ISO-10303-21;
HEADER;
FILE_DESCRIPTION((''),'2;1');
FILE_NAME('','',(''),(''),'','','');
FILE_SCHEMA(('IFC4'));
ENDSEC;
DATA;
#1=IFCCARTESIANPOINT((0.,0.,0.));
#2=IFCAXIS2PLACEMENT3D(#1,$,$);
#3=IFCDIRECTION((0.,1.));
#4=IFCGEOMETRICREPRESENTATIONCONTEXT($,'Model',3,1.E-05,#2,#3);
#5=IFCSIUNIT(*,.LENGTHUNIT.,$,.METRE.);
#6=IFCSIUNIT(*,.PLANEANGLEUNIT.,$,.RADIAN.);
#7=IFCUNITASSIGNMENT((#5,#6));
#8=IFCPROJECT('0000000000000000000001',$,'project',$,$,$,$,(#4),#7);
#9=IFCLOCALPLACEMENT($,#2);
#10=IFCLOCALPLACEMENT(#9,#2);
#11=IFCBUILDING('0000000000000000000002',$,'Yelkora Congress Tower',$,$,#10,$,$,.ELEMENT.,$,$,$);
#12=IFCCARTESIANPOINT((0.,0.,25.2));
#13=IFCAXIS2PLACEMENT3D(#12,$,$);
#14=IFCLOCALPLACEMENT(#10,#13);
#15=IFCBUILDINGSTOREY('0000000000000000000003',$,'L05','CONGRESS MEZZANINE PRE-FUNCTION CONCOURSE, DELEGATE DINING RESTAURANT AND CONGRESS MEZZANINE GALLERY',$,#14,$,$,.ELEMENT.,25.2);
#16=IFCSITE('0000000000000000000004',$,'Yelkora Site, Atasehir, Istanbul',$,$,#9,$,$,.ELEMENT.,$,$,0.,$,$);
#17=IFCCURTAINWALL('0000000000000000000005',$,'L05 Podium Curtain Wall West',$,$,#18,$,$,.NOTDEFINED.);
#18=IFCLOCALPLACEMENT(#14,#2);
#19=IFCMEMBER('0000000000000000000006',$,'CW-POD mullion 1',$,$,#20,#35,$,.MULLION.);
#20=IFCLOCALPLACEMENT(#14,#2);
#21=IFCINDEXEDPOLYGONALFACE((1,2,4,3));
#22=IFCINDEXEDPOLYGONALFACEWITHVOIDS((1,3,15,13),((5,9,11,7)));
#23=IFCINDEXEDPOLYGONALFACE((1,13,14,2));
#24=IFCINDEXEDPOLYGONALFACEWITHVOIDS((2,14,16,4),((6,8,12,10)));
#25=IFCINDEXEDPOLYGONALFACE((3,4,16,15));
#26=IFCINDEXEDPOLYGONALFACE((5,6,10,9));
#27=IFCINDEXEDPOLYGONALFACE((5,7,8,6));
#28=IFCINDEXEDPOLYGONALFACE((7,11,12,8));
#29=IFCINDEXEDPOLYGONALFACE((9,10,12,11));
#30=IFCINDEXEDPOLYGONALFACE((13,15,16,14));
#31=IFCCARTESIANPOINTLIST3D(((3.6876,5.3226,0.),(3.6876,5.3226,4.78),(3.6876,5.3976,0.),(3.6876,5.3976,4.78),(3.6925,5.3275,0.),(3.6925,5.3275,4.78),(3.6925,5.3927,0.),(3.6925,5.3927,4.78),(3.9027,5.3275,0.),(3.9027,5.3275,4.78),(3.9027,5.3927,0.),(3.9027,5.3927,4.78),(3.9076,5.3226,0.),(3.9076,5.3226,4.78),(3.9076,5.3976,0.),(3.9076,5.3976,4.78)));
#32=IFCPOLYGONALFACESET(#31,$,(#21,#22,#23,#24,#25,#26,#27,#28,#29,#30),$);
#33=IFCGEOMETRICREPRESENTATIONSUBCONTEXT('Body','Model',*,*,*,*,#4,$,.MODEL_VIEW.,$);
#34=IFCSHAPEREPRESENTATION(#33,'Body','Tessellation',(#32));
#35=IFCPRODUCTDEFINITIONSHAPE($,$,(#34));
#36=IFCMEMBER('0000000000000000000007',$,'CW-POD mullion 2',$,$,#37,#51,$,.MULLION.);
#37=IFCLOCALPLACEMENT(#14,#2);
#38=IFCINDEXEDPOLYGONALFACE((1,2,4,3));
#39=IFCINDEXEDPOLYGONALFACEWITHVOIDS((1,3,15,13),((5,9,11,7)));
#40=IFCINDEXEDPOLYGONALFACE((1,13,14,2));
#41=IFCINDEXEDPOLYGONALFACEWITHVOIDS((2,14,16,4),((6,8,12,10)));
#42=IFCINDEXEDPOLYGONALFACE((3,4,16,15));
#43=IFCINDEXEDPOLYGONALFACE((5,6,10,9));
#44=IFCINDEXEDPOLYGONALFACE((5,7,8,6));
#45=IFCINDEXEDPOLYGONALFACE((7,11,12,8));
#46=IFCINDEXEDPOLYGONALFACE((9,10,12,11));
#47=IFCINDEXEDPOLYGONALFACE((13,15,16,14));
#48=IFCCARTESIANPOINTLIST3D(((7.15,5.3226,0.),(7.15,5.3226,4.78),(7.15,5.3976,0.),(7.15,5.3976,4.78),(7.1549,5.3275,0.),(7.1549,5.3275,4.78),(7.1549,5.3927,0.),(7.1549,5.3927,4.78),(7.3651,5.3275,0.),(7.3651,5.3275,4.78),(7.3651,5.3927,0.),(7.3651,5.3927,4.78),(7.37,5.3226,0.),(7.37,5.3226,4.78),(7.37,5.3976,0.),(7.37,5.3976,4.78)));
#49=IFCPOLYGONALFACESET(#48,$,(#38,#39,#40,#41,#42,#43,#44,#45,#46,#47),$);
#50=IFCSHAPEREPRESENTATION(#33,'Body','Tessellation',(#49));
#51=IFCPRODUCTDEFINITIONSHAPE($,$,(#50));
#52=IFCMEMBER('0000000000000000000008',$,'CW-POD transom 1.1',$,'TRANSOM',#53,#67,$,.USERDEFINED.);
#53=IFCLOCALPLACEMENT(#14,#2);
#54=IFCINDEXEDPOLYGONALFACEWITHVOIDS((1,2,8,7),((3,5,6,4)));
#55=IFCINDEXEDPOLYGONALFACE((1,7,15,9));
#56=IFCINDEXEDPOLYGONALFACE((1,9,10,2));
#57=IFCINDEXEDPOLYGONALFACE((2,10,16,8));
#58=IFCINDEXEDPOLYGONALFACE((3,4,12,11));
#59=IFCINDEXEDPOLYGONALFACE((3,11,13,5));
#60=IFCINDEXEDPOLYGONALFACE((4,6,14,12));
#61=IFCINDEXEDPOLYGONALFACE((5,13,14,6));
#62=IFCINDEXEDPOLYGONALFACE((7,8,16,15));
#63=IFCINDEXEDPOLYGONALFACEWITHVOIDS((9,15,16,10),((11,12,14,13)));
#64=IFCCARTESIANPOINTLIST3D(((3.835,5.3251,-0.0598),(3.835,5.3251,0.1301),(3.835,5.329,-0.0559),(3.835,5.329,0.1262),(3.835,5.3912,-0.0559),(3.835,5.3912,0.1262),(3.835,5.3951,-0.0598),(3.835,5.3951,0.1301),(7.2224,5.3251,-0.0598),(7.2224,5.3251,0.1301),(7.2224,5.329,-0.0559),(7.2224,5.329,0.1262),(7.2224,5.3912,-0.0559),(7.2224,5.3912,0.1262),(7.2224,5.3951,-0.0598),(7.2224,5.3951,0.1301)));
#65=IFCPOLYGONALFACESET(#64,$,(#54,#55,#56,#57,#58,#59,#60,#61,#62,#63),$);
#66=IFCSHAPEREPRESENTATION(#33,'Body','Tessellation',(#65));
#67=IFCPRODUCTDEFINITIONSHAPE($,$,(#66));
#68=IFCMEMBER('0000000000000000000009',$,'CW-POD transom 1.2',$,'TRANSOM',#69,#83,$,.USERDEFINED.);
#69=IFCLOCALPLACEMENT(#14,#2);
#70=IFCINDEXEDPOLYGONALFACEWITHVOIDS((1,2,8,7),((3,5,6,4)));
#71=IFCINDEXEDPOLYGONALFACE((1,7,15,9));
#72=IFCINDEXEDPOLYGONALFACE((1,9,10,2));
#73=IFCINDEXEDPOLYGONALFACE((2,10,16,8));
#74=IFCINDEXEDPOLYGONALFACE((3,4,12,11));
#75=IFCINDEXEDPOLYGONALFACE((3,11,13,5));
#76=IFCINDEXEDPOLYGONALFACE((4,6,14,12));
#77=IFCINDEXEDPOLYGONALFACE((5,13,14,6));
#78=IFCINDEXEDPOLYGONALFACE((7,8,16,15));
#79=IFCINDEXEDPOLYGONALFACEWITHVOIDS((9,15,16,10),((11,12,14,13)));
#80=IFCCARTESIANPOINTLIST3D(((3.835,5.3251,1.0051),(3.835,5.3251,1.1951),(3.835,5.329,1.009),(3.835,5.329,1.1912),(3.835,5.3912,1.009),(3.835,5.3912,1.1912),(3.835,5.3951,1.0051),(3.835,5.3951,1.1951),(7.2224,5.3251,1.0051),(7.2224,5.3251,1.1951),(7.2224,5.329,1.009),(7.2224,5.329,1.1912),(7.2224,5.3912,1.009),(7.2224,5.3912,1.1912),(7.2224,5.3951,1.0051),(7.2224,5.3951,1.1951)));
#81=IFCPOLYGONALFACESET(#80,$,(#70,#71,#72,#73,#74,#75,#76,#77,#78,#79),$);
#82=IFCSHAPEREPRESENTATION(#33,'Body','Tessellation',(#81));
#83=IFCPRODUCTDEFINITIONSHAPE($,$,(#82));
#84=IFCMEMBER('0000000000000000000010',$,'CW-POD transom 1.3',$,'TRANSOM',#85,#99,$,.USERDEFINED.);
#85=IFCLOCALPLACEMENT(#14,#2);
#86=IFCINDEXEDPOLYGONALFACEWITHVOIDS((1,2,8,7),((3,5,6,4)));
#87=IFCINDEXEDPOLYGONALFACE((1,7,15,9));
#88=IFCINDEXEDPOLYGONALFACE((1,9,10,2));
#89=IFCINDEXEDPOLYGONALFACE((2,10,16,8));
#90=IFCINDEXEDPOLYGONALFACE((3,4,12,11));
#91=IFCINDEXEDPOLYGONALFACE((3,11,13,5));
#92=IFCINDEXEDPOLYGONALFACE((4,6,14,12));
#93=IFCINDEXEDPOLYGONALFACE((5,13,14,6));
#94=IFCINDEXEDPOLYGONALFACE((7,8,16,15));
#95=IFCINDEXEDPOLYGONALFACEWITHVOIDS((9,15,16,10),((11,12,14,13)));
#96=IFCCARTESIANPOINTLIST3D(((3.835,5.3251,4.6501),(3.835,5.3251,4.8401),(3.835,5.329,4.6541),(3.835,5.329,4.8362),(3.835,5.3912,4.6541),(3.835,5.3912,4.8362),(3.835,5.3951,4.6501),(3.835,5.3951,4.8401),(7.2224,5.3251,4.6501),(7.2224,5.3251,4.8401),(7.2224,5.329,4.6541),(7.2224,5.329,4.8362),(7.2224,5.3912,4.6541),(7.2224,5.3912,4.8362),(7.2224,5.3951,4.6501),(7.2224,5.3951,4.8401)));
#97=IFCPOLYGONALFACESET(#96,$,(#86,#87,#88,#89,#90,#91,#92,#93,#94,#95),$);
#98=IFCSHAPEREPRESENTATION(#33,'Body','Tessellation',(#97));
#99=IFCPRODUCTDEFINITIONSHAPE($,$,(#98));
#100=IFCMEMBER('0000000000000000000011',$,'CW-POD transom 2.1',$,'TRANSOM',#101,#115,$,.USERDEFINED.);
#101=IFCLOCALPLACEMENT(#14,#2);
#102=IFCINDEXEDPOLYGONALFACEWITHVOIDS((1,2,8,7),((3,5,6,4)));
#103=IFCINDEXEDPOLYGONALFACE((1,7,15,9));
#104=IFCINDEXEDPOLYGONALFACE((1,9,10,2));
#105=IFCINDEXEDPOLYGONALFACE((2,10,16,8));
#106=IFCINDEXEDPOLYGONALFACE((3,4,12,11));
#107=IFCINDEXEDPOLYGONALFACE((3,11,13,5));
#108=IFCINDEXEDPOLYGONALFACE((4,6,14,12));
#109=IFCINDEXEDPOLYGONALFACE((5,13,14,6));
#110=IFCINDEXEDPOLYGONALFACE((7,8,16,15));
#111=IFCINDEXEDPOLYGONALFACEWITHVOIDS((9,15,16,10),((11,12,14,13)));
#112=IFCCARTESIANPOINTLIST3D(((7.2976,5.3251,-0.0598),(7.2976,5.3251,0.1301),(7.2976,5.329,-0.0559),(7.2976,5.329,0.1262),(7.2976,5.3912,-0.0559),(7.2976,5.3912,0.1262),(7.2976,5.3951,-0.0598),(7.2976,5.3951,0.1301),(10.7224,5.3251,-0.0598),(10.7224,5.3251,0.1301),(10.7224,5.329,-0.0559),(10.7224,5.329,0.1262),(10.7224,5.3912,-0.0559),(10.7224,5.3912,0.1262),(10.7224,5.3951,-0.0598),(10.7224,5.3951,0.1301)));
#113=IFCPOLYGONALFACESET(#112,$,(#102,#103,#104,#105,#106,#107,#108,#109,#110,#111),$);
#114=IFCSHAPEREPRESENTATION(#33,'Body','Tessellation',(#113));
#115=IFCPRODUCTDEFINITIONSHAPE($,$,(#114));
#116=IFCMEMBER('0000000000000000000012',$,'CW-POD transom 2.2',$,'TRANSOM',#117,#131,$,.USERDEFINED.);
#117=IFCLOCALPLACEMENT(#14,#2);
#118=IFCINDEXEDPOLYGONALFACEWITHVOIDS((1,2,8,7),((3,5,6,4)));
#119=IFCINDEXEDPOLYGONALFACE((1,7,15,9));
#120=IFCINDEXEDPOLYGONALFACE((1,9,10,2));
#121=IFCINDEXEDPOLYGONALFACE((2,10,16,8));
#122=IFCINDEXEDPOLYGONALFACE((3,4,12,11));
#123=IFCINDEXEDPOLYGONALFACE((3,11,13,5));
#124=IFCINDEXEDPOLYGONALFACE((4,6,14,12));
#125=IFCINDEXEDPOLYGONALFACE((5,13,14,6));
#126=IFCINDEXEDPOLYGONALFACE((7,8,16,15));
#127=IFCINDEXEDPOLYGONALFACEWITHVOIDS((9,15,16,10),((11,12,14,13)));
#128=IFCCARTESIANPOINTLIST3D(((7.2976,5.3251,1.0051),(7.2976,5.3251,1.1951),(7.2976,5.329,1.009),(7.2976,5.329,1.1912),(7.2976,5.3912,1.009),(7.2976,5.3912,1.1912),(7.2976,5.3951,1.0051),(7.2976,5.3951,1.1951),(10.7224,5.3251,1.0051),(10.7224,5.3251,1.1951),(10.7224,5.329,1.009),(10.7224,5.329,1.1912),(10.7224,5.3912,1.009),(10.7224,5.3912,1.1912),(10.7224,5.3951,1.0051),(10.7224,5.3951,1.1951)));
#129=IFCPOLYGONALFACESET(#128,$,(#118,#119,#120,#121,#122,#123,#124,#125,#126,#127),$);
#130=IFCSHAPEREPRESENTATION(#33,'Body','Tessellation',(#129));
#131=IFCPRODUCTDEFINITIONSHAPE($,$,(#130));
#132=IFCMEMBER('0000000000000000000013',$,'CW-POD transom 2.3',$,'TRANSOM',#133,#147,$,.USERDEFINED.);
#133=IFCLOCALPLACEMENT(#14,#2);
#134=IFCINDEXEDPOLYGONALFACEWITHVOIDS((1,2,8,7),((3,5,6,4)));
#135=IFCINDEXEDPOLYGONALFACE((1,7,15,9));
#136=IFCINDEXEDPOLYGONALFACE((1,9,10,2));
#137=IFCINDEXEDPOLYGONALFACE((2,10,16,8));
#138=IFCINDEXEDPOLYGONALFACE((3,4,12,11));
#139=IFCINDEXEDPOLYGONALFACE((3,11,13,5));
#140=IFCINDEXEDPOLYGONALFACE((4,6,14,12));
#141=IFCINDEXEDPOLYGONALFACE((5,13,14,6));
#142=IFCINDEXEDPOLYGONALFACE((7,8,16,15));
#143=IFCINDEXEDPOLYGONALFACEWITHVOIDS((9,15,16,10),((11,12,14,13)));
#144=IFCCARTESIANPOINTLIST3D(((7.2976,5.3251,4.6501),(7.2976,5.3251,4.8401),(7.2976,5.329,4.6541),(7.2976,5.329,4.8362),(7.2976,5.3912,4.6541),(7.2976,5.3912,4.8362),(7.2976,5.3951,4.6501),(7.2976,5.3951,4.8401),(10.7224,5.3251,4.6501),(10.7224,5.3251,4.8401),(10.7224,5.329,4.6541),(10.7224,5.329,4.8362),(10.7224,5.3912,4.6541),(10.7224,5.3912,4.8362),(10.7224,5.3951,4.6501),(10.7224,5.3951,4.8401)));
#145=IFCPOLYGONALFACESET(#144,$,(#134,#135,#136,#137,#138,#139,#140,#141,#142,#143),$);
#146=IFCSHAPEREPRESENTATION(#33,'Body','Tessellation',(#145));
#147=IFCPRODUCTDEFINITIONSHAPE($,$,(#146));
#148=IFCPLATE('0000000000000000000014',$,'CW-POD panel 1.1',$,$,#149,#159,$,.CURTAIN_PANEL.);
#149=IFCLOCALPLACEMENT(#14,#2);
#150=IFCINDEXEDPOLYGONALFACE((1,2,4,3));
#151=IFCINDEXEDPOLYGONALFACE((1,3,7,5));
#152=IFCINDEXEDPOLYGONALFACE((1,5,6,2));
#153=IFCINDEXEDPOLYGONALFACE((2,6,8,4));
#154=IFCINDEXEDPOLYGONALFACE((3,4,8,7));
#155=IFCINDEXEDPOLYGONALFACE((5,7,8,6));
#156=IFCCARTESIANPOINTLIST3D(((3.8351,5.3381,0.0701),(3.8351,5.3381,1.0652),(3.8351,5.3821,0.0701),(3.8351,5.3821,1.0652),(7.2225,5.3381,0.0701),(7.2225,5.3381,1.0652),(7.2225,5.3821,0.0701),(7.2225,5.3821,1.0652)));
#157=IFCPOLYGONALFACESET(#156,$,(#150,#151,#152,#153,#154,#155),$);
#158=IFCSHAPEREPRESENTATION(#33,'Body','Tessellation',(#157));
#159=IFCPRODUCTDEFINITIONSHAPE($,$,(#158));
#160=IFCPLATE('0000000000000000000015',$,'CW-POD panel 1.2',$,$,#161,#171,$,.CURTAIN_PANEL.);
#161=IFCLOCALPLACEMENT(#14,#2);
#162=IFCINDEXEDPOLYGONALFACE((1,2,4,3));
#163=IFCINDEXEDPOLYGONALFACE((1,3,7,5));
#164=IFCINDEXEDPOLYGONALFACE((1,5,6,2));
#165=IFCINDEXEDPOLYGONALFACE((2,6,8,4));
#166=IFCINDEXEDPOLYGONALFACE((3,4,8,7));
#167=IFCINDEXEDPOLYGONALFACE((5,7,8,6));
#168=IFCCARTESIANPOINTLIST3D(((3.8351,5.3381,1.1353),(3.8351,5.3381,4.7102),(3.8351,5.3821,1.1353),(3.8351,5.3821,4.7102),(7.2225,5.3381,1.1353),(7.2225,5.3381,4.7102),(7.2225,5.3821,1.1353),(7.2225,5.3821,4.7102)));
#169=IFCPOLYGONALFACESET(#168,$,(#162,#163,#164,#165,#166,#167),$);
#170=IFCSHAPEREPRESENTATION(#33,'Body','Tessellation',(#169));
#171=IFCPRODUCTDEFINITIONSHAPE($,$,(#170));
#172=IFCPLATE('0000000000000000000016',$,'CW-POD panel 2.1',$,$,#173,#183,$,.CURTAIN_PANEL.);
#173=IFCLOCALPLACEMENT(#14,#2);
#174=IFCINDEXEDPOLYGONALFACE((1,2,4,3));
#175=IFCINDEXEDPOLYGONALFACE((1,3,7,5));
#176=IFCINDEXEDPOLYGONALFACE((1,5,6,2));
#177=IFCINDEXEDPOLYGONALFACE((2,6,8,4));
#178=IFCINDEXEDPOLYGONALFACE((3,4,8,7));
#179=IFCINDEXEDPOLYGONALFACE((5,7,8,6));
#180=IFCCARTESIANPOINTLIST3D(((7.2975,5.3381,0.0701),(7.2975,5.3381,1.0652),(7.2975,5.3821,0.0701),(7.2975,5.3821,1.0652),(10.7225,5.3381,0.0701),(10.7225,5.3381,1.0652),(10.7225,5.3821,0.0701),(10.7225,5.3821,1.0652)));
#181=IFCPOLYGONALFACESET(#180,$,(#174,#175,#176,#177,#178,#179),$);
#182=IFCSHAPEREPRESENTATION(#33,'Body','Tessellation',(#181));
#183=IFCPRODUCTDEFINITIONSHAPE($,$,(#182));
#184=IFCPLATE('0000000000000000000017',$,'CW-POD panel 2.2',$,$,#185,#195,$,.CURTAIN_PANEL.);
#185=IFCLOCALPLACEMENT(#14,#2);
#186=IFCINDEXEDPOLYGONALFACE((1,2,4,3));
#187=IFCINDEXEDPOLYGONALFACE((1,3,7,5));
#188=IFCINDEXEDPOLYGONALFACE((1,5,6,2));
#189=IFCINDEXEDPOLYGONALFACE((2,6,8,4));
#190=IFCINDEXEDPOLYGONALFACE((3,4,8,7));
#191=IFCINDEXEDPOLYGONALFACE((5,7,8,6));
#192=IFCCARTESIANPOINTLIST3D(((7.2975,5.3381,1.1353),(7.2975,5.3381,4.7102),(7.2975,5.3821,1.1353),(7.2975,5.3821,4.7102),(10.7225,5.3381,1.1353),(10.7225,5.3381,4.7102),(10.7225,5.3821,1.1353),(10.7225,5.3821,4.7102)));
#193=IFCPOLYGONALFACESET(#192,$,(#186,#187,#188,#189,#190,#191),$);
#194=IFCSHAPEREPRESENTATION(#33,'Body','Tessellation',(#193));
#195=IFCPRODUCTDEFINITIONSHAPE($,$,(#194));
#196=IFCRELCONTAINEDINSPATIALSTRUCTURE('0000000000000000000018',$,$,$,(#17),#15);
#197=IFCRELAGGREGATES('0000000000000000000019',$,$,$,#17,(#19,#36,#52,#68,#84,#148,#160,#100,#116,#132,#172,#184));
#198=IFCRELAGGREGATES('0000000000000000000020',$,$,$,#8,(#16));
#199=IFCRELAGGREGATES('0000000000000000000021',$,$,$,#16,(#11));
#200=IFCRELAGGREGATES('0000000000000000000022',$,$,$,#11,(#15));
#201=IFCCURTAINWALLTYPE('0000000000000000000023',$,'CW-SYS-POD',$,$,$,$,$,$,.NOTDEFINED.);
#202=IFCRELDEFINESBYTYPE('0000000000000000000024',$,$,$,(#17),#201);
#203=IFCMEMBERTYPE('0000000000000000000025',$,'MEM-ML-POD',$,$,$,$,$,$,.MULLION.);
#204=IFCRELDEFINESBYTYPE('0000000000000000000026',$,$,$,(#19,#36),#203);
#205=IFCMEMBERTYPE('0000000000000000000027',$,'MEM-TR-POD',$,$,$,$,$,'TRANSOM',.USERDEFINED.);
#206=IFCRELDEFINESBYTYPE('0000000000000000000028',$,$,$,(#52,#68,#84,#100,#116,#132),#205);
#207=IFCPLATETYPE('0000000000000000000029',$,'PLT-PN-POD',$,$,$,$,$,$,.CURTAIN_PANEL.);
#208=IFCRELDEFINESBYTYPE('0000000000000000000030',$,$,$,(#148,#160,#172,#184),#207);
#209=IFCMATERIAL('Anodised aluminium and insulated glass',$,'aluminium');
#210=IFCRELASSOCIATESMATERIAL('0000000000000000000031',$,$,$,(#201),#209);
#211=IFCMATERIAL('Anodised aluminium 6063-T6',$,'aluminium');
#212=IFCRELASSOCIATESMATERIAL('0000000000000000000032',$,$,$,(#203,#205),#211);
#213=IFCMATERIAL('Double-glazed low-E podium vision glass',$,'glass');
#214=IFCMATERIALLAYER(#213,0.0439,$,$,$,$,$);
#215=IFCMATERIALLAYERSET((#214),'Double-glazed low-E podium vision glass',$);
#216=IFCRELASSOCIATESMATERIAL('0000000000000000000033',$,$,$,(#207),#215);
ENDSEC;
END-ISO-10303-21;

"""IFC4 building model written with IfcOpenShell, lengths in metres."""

from ifc_helpers import new_model, si_unit, direction, frame, origin, origin_2d, place, context, subcontext, project, spatial, rectangle, hollow_rectangle, extrude, material, layer, layer_set, material_profile, profile_set, type_object, element, aggregate, save


model = new_model("IFC4")

# Units and contexts
model_context = context("Model", 3, precision=1e-05, world=origin(), true_north=direction((0.0, 1.0)))
body_context = subcontext(model_context, "Body", "Model", "MODEL_VIEW")
ifc_project = project(units=[si_unit("LENGTHUNIT", "METRE"), si_unit("PLANEANGLEUNIT", "RADIAN")], contexts=[model_context])

# Site, building, storey
site_placement = place(None, origin())
site = spatial("IfcSite", under=ifc_project, at=site_placement, Name="Yelkora Site, Atasehir, Istanbul", CompositionType="ELEMENT", RefElevation=0.0)
building_placement = place(site_placement, origin())
building = spatial("IfcBuilding", under=site, at=building_placement, Name="Yelkora Congress Tower", CompositionType="ELEMENT")
storey_placement = place(building_placement, frame((0.0, 0.0, 25.2)))
storey = spatial("IfcBuildingStorey", under=building, at=storey_placement, Name="L05", Description="CONGRESS MEZZANINE PRE-FUNCTION CONCOURSE, DELEGATE DINING RESTAURANT AND CONGRESS MEZZANINE GALLERY", CompositionType="ELEMENT", Elevation=25.2)

# Curtain wall, members, plates
ifc_material_1 = material(Name="Anodised aluminium and insulated glass", Category="aluminium")
curtain_wall_type = type_object("IfcCurtainWallType", Name="CW-SYS-POD", PredefinedType="NOTDEFINED", material=ifc_material_1)
curtain_wall_placement = place(storey_placement, origin())
curtain_wall = element("IfcCurtainWall", 1, at=curtain_wall_placement, inside=storey, type_object=curtain_wall_type, Name="L05 Podium Curtain Wall West", PredefinedType="NOTDEFINED")
ifc_material_2 = material(Name="Anodised aluminium 6063-T6", Category="aluminium")
ifc_material_profile_1 = material_profile(ifc_material_2, hollow_rectangle(XDim=0.075, YDim=0.22, WallThickness=0.0049, at=origin_2d()), Name="ALU 75x220x5")
ifc_profile_set_1 = profile_set([ifc_material_profile_1], Name="Anodised aluminium 6063-T6")
member_type_1 = type_object("IfcMemberType", Name="MEM-ML-POD", PredefinedType="MULLION", material=ifc_profile_set_1)
member_1_placement = place(storey_placement, frame((3.7976, 5.3601, 0.0), z_axis=(0.0, 0.0, 1.0), x_axis=(0.0, 1.0, 0.0)))
member_1 = element("IfcMember", 2, at=member_1_placement, type_object=member_type_1, Name="CW-POD mullion 1", PredefinedType="MULLION", context=body_context, shape_type="SweptSolid", body=[
    extrude(hollow_rectangle(XDim=0.075, YDim=0.22, WallThickness=0.0049, at=origin_2d()), origin(), (0.0, 0.0, 1.0), 4.78),
])
member_2_placement = place(storey_placement, frame((7.26, 5.3601, 0.0), z_axis=(0.0, 0.0, 1.0), x_axis=(0.0, 1.0, 0.0)))
member_2 = element("IfcMember", 3, at=member_2_placement, type_object=member_type_1, Name="CW-POD mullion 2", PredefinedType="MULLION", context=body_context, shape_type="SweptSolid", body=[
    extrude(hollow_rectangle(XDim=0.075, YDim=0.22, WallThickness=0.0049, at=origin_2d()), origin(), (0.0, 0.0, 1.0), 4.78),
])
ifc_material_profile_2 = material_profile(ifc_material_2, hollow_rectangle(XDim=0.0701, YDim=0.1899, WallThickness=0.0039, at=origin_2d()), Name="ALU 70x190x4")
ifc_profile_set_2 = profile_set([ifc_material_profile_2], Name="Anodised aluminium 6063-T6")
member_type_2 = type_object("IfcMemberType", Name="MEM-TR-POD", ElementType="TRANSOM", PredefinedType="USERDEFINED", material=ifc_profile_set_2)
member_3_placement = place(storey_placement, frame((3.835, 5.3601, 0.0352), z_axis=(1.0, 0.0, 0.0), x_axis=(0.0, 1.0, 0.0)))
member_3 = element("IfcMember", 4, at=member_3_placement, type_object=member_type_2, Name="CW-POD transom 1.1", ObjectType="TRANSOM", PredefinedType="USERDEFINED", context=body_context, shape_type="SweptSolid", body=[
    extrude(hollow_rectangle(XDim=0.0701, YDim=0.1899, WallThickness=0.0039, at=origin_2d()), origin(), (0.0, 0.0, 1.0), 3.3875),
])
member_4_placement = place(storey_placement, frame((3.835, 5.3601, 1.1001), z_axis=(1.0, 0.0, 0.0), x_axis=(0.0, 1.0, 0.0)))
member_4 = element("IfcMember", 5, at=member_4_placement, type_object=member_type_2, Name="CW-POD transom 1.2", ObjectType="TRANSOM", PredefinedType="USERDEFINED", context=body_context, shape_type="SweptSolid", body=[
    extrude(hollow_rectangle(XDim=0.0701, YDim=0.1899, WallThickness=0.0039, at=origin_2d()), origin(), (0.0, 0.0, 1.0), 3.3875),
])
member_5_placement = place(storey_placement, frame((3.835, 5.3601, 4.7451), z_axis=(1.0, 0.0, 0.0), x_axis=(0.0, 1.0, 0.0)))
member_5 = element("IfcMember", 6, at=member_5_placement, type_object=member_type_2, Name="CW-POD transom 1.3", ObjectType="TRANSOM", PredefinedType="USERDEFINED", context=body_context, shape_type="SweptSolid", body=[
    extrude(hollow_rectangle(XDim=0.0701, YDim=0.1899, WallThickness=0.0039, at=origin_2d()), origin(), (0.0, 0.0, 1.0), 3.3875),
])
member_6_placement = place(storey_placement, frame((7.2976, 5.3601, 0.0352), z_axis=(1.0, 0.0, 0.0), x_axis=(0.0, 1.0, 0.0)))
member_6 = element("IfcMember", 7, at=member_6_placement, type_object=member_type_2, Name="CW-POD transom 2.1", ObjectType="TRANSOM", PredefinedType="USERDEFINED", context=body_context, shape_type="SweptSolid", body=[
    extrude(hollow_rectangle(XDim=0.0701, YDim=0.1899, WallThickness=0.0039, at=origin_2d()), origin(), (0.0, 0.0, 1.0), 3.4248),
])
member_7_placement = place(storey_placement, frame((7.2976, 5.3601, 1.1001), z_axis=(1.0, 0.0, 0.0), x_axis=(0.0, 1.0, 0.0)))
member_7 = element("IfcMember", 8, at=member_7_placement, type_object=member_type_2, Name="CW-POD transom 2.2", ObjectType="TRANSOM", PredefinedType="USERDEFINED", context=body_context, shape_type="SweptSolid", body=[
    extrude(hollow_rectangle(XDim=0.0701, YDim=0.1899, WallThickness=0.0039, at=origin_2d()), origin(), (0.0, 0.0, 1.0), 3.4248),
])
member_8_placement = place(storey_placement, frame((7.2976, 5.3601, 4.7451), z_axis=(1.0, 0.0, 0.0), x_axis=(0.0, 1.0, 0.0)))
member_8 = element("IfcMember", 9, at=member_8_placement, type_object=member_type_2, Name="CW-POD transom 2.3", ObjectType="TRANSOM", PredefinedType="USERDEFINED", context=body_context, shape_type="SweptSolid", body=[
    extrude(hollow_rectangle(XDim=0.0701, YDim=0.1899, WallThickness=0.0039, at=origin_2d()), origin(), (0.0, 0.0, 1.0), 3.4248),
])
ifc_material_3 = material(Name="Double-glazed low-E podium vision glass", Category="glass")
ifc_layer_1 = layer(ifc_material_3, 0.0439)
ifc_layer_set_1 = layer_set([ifc_layer_1], Name="Double-glazed low-E podium vision glass")
plate_type = type_object("IfcPlateType", Name="PLT-PN-POD", PredefinedType="CURTAIN_PANEL", material=ifc_layer_set_1)
plate_1_placement = place(storey_placement, frame((5.5288, 5.3601, 0.0701), z_axis=(0.0, 0.0, 1.0), x_axis=(1.0, 0.0, 0.0)))
plate_1 = element("IfcPlate", 10, at=plate_1_placement, type_object=plate_type, Name="CW-POD panel 1.1", PredefinedType="CURTAIN_PANEL", context=body_context, shape_type="SweptSolid", body=[
    extrude(rectangle(XDim=3.3875, YDim=0.0439, at=origin_2d()), origin(), (0.0, 0.0, 1.0), 0.9951),
])
plate_2_placement = place(storey_placement, frame((5.5288, 5.3601, 1.1353), z_axis=(0.0, 0.0, 1.0), x_axis=(1.0, 0.0, 0.0)))
plate_2 = element("IfcPlate", 11, at=plate_2_placement, type_object=plate_type, Name="CW-POD panel 1.2", PredefinedType="CURTAIN_PANEL", context=body_context, shape_type="SweptSolid", body=[
    extrude(rectangle(XDim=3.3875, YDim=0.0439, at=origin_2d()), origin(), (0.0, 0.0, 1.0), 3.575),
])
plate_3_placement = place(storey_placement, frame((9.01, 5.3601, 0.0701), z_axis=(0.0, 0.0, 1.0), x_axis=(1.0, 0.0, 0.0)))
plate_3 = element("IfcPlate", 12, at=plate_3_placement, type_object=plate_type, Name="CW-POD panel 2.1", PredefinedType="CURTAIN_PANEL", context=body_context, shape_type="SweptSolid", body=[
    extrude(rectangle(XDim=3.425, YDim=0.0439, at=origin_2d()), origin(), (0.0, 0.0, 1.0), 0.9951),
])
plate_4_placement = place(storey_placement, frame((9.01, 5.3601, 1.1353), z_axis=(0.0, 0.0, 1.0), x_axis=(1.0, 0.0, 0.0)))
plate_4 = element("IfcPlate", 13, at=plate_4_placement, type_object=plate_type, Name="CW-POD panel 2.2", PredefinedType="CURTAIN_PANEL", context=body_context, shape_type="SweptSolid", body=[
    extrude(rectangle(XDim=3.425, YDim=0.0439, at=origin_2d()), origin(), (0.0, 0.0, 1.0), 3.575),
])
aggregate(curtain_wall, [member_1, member_2, member_3, member_4, member_5, plate_1, plate_2, member_6, member_7, member_8, plate_3, plate_4])

save(model, "model.ifc")
